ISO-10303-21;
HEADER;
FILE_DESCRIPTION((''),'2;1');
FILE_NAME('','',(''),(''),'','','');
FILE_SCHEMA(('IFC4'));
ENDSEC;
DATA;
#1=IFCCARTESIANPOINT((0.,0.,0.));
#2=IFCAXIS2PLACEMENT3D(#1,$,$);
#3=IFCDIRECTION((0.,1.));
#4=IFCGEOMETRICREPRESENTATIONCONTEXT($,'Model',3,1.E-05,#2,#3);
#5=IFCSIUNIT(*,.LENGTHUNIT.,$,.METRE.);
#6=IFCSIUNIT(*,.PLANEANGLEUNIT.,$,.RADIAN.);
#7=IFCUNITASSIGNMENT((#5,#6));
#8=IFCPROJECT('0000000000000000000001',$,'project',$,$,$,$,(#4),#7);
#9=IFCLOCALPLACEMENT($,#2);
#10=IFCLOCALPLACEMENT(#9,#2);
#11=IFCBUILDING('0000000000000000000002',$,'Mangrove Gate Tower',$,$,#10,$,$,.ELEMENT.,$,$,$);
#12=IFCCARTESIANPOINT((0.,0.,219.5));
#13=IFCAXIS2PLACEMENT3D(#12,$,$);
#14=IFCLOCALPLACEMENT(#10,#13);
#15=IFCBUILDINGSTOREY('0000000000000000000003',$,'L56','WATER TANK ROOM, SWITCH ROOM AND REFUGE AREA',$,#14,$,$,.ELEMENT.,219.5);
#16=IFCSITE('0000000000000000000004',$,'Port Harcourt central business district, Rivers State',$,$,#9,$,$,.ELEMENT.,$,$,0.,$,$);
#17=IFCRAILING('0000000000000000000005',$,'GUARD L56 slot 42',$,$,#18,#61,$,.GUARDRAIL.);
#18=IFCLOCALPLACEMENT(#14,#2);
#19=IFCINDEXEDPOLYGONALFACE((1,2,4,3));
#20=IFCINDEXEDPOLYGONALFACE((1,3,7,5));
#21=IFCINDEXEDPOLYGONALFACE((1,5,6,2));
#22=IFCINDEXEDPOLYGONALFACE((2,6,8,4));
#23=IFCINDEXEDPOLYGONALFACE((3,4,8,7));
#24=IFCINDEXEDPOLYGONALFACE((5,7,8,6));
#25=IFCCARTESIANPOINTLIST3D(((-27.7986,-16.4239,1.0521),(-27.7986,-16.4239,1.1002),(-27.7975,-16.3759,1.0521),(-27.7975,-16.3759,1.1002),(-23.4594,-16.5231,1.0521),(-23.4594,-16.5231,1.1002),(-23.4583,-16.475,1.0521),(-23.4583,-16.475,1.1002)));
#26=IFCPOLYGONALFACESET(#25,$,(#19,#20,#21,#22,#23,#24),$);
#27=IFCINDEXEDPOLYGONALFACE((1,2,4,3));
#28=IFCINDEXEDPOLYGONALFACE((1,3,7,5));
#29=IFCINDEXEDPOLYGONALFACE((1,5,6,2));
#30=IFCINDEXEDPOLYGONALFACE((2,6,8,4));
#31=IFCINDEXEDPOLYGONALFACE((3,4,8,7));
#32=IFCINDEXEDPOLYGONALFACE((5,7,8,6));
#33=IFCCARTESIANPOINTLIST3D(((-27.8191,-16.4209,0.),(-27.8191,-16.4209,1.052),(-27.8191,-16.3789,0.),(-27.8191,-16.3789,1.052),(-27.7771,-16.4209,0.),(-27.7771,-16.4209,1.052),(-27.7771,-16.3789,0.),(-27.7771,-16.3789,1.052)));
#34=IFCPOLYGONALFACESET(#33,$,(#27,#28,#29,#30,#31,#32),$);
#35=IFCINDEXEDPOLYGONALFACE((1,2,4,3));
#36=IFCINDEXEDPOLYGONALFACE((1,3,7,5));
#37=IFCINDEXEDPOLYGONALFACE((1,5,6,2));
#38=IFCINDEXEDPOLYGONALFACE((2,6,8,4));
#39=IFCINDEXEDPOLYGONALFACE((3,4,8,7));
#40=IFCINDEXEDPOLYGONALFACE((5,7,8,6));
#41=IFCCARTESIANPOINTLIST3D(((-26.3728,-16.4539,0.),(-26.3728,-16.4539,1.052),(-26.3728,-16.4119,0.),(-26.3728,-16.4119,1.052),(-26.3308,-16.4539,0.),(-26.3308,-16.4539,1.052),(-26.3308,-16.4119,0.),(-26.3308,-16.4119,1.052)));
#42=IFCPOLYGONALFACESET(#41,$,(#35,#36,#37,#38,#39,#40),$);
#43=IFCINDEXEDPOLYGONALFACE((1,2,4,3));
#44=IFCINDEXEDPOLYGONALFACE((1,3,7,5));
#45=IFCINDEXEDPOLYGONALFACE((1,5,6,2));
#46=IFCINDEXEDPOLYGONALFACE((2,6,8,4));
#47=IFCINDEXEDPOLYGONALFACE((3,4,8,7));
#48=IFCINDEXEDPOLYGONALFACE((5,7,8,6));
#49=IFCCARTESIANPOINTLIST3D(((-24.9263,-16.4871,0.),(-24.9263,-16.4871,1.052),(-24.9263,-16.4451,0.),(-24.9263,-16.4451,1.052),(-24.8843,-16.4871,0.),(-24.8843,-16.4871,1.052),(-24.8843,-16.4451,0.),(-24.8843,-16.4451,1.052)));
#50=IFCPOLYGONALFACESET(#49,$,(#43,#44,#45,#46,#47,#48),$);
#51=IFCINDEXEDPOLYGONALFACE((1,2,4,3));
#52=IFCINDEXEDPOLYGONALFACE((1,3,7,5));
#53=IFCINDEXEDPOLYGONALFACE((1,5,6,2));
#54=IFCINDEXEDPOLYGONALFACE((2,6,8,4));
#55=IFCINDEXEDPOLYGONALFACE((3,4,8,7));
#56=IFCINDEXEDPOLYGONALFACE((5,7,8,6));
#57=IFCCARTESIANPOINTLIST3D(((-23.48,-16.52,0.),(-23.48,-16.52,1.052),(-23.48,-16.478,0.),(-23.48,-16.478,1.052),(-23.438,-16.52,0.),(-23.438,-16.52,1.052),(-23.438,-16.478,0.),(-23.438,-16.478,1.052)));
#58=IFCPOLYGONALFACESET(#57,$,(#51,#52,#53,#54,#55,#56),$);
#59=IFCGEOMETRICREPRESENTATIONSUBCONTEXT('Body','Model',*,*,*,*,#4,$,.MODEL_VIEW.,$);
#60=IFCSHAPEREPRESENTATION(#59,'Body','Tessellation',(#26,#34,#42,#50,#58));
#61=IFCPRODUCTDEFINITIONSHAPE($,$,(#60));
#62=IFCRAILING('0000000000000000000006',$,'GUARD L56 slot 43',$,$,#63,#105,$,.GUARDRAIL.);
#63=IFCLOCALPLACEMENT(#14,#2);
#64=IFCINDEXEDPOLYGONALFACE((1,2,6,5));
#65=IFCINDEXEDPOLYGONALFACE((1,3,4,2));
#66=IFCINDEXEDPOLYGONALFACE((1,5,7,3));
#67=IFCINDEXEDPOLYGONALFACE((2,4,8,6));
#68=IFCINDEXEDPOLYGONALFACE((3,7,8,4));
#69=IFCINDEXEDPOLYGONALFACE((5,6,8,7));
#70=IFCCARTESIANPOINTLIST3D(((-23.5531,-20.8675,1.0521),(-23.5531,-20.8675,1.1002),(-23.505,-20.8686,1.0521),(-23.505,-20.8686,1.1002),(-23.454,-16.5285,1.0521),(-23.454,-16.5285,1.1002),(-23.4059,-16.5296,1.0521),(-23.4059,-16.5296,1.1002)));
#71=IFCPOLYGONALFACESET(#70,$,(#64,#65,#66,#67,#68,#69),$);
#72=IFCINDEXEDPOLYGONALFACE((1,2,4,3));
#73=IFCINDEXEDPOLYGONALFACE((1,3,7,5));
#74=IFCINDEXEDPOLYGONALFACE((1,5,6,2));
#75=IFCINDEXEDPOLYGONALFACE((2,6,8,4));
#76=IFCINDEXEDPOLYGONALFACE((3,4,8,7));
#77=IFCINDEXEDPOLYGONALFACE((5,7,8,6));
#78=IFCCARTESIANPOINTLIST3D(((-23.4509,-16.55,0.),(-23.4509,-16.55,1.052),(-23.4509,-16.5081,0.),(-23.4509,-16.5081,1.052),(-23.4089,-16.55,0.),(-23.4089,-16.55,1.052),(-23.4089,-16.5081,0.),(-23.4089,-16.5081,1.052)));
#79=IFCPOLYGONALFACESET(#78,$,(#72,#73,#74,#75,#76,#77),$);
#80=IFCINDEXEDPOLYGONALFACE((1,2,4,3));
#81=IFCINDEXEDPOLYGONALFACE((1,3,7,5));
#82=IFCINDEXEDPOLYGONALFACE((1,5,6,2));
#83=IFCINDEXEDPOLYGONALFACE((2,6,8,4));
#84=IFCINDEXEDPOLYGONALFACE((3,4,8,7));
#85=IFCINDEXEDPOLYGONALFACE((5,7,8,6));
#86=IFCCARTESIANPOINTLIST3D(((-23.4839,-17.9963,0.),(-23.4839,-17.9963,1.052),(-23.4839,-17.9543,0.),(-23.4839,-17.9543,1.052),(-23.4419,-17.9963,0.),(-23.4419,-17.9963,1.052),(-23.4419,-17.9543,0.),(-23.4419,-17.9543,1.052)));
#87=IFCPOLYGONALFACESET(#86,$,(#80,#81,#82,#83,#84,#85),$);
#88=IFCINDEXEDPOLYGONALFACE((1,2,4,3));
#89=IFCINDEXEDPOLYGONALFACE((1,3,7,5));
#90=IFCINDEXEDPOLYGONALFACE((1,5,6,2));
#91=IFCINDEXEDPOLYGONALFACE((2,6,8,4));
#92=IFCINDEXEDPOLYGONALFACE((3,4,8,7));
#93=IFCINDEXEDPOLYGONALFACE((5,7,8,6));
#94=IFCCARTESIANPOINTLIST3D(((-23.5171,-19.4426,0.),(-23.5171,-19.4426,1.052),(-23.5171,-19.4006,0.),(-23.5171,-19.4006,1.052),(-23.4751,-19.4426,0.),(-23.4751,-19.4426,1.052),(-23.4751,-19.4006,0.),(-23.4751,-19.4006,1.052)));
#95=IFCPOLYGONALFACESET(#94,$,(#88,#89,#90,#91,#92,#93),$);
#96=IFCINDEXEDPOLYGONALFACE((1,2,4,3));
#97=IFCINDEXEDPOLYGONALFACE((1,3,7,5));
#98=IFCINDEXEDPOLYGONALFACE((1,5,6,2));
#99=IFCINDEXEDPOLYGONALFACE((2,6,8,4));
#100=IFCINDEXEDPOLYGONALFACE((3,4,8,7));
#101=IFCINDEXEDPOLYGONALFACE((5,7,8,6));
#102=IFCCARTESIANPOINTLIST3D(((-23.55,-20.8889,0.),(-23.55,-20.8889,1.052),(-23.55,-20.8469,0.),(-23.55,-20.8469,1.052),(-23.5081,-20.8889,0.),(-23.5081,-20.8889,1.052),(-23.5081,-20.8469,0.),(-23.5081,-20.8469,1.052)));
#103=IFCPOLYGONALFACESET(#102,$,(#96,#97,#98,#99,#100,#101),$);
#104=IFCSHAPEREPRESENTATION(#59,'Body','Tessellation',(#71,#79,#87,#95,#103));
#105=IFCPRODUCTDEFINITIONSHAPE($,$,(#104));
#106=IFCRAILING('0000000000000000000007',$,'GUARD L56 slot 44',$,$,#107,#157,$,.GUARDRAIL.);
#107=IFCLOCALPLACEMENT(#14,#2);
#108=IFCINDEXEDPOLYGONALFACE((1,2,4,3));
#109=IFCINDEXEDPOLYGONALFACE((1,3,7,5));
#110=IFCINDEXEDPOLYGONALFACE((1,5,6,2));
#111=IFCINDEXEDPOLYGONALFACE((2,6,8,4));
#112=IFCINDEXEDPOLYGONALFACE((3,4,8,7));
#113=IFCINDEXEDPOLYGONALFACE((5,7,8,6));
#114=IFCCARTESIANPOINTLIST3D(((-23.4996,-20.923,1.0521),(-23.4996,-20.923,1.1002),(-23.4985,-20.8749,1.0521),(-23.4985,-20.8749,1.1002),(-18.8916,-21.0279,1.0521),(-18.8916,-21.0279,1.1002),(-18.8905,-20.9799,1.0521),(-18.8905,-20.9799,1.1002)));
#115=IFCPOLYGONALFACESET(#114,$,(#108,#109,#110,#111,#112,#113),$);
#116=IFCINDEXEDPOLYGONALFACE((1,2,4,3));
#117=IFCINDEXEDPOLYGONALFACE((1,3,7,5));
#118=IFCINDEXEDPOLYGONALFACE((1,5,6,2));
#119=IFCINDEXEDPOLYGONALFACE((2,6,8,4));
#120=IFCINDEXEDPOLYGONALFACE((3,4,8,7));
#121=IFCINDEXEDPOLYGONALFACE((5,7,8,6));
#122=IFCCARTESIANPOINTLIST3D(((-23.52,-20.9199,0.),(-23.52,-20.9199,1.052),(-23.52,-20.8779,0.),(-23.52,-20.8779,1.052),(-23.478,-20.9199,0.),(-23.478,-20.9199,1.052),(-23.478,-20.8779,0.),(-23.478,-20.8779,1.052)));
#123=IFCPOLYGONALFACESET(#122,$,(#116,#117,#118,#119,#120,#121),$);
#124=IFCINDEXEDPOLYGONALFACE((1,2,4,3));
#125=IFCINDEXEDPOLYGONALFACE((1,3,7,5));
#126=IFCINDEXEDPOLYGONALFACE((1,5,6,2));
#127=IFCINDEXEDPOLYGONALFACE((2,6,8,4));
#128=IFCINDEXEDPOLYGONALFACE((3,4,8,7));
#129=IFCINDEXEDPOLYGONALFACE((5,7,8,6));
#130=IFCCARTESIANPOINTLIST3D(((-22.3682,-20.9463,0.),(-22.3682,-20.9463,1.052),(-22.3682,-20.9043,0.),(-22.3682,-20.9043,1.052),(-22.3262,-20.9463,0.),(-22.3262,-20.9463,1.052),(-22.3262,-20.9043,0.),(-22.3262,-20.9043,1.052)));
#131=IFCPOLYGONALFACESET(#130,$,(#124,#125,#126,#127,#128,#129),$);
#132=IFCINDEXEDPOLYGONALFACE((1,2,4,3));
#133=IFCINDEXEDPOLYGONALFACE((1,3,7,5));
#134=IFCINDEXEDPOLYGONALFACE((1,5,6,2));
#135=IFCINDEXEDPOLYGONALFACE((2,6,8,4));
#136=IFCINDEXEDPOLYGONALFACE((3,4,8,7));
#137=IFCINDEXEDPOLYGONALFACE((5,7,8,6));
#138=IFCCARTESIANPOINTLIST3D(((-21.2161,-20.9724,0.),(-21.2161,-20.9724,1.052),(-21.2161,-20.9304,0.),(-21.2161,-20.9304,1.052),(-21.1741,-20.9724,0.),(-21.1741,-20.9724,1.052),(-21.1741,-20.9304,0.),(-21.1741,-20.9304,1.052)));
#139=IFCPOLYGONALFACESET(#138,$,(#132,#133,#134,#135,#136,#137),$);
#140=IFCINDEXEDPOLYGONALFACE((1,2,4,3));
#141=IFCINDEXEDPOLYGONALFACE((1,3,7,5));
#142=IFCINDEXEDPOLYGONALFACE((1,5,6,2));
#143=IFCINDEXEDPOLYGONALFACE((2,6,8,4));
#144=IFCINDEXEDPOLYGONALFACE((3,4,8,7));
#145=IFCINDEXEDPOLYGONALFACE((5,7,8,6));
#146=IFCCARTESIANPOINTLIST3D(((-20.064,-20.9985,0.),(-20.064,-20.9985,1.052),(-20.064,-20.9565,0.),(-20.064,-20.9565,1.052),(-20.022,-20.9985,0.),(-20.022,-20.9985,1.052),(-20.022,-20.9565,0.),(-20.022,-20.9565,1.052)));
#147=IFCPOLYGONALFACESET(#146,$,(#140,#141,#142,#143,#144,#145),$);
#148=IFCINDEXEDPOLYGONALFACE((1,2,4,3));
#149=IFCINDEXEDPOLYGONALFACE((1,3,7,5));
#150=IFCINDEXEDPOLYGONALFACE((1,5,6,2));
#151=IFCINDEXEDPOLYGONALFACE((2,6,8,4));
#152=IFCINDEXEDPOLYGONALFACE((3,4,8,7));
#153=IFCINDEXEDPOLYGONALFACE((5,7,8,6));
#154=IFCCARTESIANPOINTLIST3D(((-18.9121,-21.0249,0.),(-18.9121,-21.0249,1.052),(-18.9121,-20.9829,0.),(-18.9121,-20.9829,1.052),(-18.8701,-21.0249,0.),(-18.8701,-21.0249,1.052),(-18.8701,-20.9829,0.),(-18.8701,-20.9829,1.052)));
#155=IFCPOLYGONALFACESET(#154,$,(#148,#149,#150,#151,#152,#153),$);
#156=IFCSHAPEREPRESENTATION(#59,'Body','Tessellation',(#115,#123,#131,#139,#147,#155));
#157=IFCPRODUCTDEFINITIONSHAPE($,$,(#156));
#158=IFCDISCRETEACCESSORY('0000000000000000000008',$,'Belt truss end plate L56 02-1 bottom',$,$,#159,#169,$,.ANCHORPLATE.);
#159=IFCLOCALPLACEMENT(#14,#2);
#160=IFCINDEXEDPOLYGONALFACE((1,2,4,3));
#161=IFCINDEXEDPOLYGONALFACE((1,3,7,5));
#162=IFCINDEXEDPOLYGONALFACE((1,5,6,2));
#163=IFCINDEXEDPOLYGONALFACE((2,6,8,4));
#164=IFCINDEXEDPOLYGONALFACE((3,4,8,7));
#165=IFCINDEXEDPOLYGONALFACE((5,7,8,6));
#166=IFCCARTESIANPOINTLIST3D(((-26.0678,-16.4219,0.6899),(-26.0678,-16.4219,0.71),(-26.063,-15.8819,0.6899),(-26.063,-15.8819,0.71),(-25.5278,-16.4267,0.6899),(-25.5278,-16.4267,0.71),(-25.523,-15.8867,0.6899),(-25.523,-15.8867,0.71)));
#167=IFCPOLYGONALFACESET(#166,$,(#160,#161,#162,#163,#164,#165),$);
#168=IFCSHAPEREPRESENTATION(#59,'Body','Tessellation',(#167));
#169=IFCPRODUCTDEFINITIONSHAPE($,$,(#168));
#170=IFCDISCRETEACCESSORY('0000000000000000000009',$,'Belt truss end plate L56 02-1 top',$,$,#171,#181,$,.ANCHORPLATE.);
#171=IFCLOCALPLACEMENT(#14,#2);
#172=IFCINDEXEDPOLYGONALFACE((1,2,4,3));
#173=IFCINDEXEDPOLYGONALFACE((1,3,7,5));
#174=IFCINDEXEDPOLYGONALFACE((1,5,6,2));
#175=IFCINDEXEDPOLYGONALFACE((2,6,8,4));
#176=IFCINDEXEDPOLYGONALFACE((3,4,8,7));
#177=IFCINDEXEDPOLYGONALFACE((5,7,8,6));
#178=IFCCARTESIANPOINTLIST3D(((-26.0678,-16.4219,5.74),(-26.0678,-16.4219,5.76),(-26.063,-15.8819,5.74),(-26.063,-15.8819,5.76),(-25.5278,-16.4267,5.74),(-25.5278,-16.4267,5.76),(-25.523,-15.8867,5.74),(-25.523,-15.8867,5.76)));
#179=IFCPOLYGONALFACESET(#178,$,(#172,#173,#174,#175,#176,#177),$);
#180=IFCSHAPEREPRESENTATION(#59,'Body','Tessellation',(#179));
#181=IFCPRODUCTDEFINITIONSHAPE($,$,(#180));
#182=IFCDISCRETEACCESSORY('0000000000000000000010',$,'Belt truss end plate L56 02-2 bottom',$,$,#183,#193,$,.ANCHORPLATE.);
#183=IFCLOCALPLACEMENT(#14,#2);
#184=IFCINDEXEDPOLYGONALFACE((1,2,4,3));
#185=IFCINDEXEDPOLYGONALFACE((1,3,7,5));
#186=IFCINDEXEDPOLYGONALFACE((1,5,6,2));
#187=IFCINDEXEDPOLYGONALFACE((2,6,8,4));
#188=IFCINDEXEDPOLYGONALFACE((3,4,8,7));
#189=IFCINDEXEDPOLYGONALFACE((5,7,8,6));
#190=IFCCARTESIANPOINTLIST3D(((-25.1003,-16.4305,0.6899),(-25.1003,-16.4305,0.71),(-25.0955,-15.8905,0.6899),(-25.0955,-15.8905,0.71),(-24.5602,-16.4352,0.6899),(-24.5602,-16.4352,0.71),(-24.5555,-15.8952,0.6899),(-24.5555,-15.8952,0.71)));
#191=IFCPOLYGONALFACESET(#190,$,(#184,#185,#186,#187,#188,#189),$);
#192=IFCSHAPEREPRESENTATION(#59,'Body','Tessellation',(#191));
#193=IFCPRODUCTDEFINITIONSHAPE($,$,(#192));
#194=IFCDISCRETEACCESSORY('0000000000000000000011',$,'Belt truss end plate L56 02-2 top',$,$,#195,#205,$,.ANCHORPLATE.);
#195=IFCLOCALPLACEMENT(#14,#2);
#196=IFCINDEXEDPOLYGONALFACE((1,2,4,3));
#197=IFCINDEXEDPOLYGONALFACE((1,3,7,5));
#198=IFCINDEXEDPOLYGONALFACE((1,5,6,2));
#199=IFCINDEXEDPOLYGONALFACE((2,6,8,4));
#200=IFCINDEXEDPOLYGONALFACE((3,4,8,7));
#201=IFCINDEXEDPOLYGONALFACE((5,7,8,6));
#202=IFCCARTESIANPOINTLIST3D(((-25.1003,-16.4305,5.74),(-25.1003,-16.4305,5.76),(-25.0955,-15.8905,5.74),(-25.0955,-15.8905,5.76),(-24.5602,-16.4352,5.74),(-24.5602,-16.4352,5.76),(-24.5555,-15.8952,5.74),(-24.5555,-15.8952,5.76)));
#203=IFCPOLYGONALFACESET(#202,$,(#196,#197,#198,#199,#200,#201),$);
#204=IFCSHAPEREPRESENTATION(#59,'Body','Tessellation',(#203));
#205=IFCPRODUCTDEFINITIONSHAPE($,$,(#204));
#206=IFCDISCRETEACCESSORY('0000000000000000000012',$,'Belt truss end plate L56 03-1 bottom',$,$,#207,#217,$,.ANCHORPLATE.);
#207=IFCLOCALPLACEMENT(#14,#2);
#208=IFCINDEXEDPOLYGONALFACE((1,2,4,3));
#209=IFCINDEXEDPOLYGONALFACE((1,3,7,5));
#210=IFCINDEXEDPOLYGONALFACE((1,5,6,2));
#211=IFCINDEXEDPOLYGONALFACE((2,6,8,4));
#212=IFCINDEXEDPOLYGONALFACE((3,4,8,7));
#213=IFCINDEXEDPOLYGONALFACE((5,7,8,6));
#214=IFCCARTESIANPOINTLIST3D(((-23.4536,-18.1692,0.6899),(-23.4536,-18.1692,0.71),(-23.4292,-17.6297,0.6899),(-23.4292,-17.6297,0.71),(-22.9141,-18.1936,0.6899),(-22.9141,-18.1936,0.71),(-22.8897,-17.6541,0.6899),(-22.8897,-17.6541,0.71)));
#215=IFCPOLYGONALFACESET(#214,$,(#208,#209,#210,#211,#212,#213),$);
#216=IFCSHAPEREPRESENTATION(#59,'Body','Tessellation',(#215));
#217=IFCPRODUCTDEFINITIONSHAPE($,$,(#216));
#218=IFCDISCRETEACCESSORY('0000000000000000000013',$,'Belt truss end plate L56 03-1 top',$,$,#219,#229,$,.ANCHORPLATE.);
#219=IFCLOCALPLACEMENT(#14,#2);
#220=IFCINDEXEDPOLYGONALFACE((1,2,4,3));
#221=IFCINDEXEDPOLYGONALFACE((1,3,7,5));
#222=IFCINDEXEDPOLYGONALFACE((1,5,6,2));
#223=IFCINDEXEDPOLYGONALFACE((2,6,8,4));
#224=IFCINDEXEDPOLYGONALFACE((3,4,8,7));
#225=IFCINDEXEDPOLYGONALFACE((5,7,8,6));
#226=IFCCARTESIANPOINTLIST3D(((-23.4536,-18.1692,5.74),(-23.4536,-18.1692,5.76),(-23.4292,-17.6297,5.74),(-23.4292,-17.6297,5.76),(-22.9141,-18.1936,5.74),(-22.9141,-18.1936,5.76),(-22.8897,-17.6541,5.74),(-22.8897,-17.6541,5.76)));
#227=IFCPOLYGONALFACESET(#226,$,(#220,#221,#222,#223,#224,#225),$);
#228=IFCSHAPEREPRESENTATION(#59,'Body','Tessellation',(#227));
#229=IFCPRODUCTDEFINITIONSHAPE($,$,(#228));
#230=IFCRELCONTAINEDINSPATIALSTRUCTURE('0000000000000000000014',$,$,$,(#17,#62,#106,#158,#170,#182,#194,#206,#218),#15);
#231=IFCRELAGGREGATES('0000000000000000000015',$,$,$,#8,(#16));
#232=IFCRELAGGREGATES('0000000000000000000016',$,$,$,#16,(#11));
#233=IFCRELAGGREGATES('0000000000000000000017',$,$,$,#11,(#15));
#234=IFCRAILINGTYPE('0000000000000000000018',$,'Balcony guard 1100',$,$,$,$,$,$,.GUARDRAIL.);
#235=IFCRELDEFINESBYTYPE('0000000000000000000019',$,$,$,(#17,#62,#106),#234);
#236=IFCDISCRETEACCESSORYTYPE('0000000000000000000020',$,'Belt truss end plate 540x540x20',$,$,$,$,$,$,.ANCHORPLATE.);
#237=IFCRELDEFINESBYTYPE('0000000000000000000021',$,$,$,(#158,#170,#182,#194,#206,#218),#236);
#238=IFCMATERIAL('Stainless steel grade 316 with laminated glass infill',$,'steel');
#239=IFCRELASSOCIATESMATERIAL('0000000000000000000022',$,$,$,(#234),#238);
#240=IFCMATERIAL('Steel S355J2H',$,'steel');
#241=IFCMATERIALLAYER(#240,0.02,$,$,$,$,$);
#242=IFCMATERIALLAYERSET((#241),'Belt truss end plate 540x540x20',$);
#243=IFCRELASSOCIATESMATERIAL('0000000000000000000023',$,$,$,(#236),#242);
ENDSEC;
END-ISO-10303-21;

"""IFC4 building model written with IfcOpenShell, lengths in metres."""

from ifc_helpers import new_model, si_unit, direction, frame, origin, origin_2d, place, context, subcontext, project, spatial, rectangle, extrude, material, layer, layer_set, type_object, element, save


model = new_model("IFC4")

# Units and contexts
model_context = context("Model", 3, precision=1e-05, world=origin(), true_north=direction((0.0, 1.0)))
body_context = subcontext(model_context, "Body", "Model", "MODEL_VIEW")
ifc_project = project(units=[si_unit("LENGTHUNIT", "METRE"), si_unit("PLANEANGLEUNIT", "RADIAN")], contexts=[model_context])

# Site, building, storey
site_placement = place(None, origin())
site = spatial("IfcSite", under=ifc_project, at=site_placement, Name="Port Harcourt central business district, Rivers State", CompositionType="ELEMENT", RefElevation=0.0)
building_placement = place(site_placement, origin())
building = spatial("IfcBuilding", under=site, at=building_placement, Name="Mangrove Gate Tower", CompositionType="ELEMENT")
storey_placement = place(building_placement, frame((0.0, 0.0, 219.5)))
storey = spatial("IfcBuildingStorey", under=building, at=storey_placement, Name="L56", Description="WATER TANK ROOM, SWITCH ROOM AND REFUGE AREA", CompositionType="ELEMENT", Elevation=219.5)

# Railings
ifc_material_1 = material(Name="Stainless steel grade 316 with laminated glass infill", Category="steel")
railing_type = type_object("IfcRailingType", Name="Balcony guard 1100", PredefinedType="GUARDRAIL", material=ifc_material_1)
railing_1_placement = place(storey_placement, frame((-27.7981, -16.3999, 0.0)))
element("IfcRailing", 1, at=railing_1_placement, inside=storey, type_object=railing_type, Name="GUARD L56 slot 42", PredefinedType="GUARDRAIL", context=body_context, shape_type="SweptSolid", body=[
    extrude(rectangle(XDim=0.0481, YDim=0.0481, at=origin_2d()), frame((0.0, 0.0, 1.0762), z_axis=(0.999739, -0.022838, 0.0), x_axis=(0.022838, 0.999739, 0.0)), (0.0, 0.0, 1.0), 4.3403),
    extrude(rectangle(XDim=0.042, YDim=0.042, at=origin_2d()), origin(), (0.0, 0.0, 1.0), 1.052),
    extrude(rectangle(XDim=0.042, YDim=0.042, at=origin_2d()), frame((1.4463, -0.033, 0.0)), (0.0, 0.0, 1.0), 1.052),
    extrude(rectangle(XDim=0.042, YDim=0.042, at=origin_2d()), frame((2.8928, -0.0662, 0.0)), (0.0, 0.0, 1.0), 1.052),
    extrude(rectangle(XDim=0.042, YDim=0.042, at=origin_2d()), frame((4.3391, -0.0991, 0.0)), (0.0, 0.0, 1.0), 1.052),
])
railing_2_placement = place(storey_placement, frame((-23.4299, -16.5291, 0.0)))
element("IfcRailing", 2, at=railing_2_placement, inside=storey, type_object=railing_type, Name="GUARD L56 slot 43", PredefinedType="GUARDRAIL", context=body_context, shape_type="SweptSolid", body=[
    extrude(rectangle(XDim=0.0481, YDim=0.0481, at=origin_2d()), frame((0.0, 0.0, 1.0762), z_axis=(-0.022839, -0.999739, 0.0), x_axis=(0.999739, -0.022839, 0.0)), (0.0, 0.0, 1.0), 4.3401),
    extrude(rectangle(XDim=0.042, YDim=0.042, at=origin_2d()), origin(), (0.0, 0.0, 1.0), 1.052),
    extrude(rectangle(XDim=0.042, YDim=0.042, at=origin_2d()), frame((-0.033, -1.4463, 0.0)), (0.0, 0.0, 1.0), 1.052),
    extrude(rectangle(XDim=0.042, YDim=0.042, at=origin_2d()), frame((-0.0662, -2.8926, 0.0)), (0.0, 0.0, 1.0), 1.052),
    extrude(rectangle(XDim=0.042, YDim=0.042, at=origin_2d()), frame((-0.0991, -4.3389, 0.0)), (0.0, 0.0, 1.0), 1.052),
])
railing_3_placement = place(storey_placement, frame((-23.499, -20.8989, 0.0)))
element("IfcRailing", 3, at=railing_3_placement, inside=storey, type_object=railing_type, Name="GUARD L56 slot 44", PredefinedType="GUARDRAIL", context=body_context, shape_type="SweptSolid", body=[
    extrude(rectangle(XDim=0.0481, YDim=0.0481, at=origin_2d()), frame((0.0, 0.0, 1.0762), z_axis=(0.999741, -0.022777, 0.0), x_axis=(0.022777, 0.999741, 0.0)), (0.0, 0.0, 1.0), 4.6091),
    extrude(rectangle(XDim=0.042, YDim=0.042, at=origin_2d()), origin(), (0.0, 0.0, 1.0), 1.052),
    extrude(rectangle(XDim=0.042, YDim=0.042, at=origin_2d()), frame((1.1519, -0.0264, 0.0)), (0.0, 0.0, 1.0), 1.052),
    extrude(rectangle(XDim=0.042, YDim=0.042, at=origin_2d()), frame((2.304, -0.0525, 0.0)), (0.0, 0.0, 1.0), 1.052),
    extrude(rectangle(XDim=0.042, YDim=0.042, at=origin_2d()), frame((3.4561, -0.0786, 0.0)), (0.0, 0.0, 1.0), 1.052),
    extrude(rectangle(XDim=0.042, YDim=0.042, at=origin_2d()), frame((4.6079, -0.105, 0.0)), (0.0, 0.0, 1.0), 1.052),
])

# Discrete accessories
ifc_material_2 = material(Name="Steel S355J2H", Category="steel")
ifc_layer_1 = layer(ifc_material_2, 0.02)
ifc_layer_set_1 = layer_set([ifc_layer_1], Name="Belt truss end plate 540x540x20")
discrete_accessory_type_1 = type_object("IfcDiscreteAccessoryType", Name="Belt truss end plate 540x540x20", PredefinedType="ANCHORPLATE", material=ifc_layer_set_1)
for number, where, z_axis, x_axis, name in (
    (4, (-25.7954, -16.1543, 0.6899), (0.0, 0.0, 1.0), (0.999961, -0.008796, 0.0), "Belt truss end plate L56 02-1 bottom"),
    (5, (-25.7954, -16.1543, 5.74), (0.0, 0.0, 1.0), (0.999961, -0.008796, 0.0), "Belt truss end plate L56 02-1 top"),
    (6, (-24.8279, -16.1628, 0.6899), (0.0, 0.0, 1.0), (0.999961, -0.008796, 0.0), "Belt truss end plate L56 02-2 bottom"),
    (7, (-24.8279, -16.1628, 5.74), (0.0, 0.0, 1.0), (0.999961, -0.008796, 0.0), "Belt truss end plate L56 02-2 top"),
    (8, (-23.1716, -17.9116, 0.6899), (0.0, 0.0, 1.0), (-0.045144, -0.998981, 0.0), "Belt truss end plate L56 03-1 bottom"),
    (9, (-23.1716, -17.9116, 5.74), (0.0, 0.0, 1.0), (-0.045144, -0.998981, 0.0), "Belt truss end plate L56 03-1 top"),
):
    element("IfcDiscreteAccessory", number, at=place(storey_placement, frame(where, z_axis=z_axis, x_axis=x_axis)), inside=storey, type_object=discrete_accessory_type_1, Name=name, PredefinedType="ANCHORPLATE", context=body_context, shape_type="SweptSolid", body=[
        extrude(rectangle(XDim=0.54, YDim=0.54, at=origin_2d()), origin(), (0.0, 0.0, 1.0), 0.02),
    ])

save(model, "model.ifc")
